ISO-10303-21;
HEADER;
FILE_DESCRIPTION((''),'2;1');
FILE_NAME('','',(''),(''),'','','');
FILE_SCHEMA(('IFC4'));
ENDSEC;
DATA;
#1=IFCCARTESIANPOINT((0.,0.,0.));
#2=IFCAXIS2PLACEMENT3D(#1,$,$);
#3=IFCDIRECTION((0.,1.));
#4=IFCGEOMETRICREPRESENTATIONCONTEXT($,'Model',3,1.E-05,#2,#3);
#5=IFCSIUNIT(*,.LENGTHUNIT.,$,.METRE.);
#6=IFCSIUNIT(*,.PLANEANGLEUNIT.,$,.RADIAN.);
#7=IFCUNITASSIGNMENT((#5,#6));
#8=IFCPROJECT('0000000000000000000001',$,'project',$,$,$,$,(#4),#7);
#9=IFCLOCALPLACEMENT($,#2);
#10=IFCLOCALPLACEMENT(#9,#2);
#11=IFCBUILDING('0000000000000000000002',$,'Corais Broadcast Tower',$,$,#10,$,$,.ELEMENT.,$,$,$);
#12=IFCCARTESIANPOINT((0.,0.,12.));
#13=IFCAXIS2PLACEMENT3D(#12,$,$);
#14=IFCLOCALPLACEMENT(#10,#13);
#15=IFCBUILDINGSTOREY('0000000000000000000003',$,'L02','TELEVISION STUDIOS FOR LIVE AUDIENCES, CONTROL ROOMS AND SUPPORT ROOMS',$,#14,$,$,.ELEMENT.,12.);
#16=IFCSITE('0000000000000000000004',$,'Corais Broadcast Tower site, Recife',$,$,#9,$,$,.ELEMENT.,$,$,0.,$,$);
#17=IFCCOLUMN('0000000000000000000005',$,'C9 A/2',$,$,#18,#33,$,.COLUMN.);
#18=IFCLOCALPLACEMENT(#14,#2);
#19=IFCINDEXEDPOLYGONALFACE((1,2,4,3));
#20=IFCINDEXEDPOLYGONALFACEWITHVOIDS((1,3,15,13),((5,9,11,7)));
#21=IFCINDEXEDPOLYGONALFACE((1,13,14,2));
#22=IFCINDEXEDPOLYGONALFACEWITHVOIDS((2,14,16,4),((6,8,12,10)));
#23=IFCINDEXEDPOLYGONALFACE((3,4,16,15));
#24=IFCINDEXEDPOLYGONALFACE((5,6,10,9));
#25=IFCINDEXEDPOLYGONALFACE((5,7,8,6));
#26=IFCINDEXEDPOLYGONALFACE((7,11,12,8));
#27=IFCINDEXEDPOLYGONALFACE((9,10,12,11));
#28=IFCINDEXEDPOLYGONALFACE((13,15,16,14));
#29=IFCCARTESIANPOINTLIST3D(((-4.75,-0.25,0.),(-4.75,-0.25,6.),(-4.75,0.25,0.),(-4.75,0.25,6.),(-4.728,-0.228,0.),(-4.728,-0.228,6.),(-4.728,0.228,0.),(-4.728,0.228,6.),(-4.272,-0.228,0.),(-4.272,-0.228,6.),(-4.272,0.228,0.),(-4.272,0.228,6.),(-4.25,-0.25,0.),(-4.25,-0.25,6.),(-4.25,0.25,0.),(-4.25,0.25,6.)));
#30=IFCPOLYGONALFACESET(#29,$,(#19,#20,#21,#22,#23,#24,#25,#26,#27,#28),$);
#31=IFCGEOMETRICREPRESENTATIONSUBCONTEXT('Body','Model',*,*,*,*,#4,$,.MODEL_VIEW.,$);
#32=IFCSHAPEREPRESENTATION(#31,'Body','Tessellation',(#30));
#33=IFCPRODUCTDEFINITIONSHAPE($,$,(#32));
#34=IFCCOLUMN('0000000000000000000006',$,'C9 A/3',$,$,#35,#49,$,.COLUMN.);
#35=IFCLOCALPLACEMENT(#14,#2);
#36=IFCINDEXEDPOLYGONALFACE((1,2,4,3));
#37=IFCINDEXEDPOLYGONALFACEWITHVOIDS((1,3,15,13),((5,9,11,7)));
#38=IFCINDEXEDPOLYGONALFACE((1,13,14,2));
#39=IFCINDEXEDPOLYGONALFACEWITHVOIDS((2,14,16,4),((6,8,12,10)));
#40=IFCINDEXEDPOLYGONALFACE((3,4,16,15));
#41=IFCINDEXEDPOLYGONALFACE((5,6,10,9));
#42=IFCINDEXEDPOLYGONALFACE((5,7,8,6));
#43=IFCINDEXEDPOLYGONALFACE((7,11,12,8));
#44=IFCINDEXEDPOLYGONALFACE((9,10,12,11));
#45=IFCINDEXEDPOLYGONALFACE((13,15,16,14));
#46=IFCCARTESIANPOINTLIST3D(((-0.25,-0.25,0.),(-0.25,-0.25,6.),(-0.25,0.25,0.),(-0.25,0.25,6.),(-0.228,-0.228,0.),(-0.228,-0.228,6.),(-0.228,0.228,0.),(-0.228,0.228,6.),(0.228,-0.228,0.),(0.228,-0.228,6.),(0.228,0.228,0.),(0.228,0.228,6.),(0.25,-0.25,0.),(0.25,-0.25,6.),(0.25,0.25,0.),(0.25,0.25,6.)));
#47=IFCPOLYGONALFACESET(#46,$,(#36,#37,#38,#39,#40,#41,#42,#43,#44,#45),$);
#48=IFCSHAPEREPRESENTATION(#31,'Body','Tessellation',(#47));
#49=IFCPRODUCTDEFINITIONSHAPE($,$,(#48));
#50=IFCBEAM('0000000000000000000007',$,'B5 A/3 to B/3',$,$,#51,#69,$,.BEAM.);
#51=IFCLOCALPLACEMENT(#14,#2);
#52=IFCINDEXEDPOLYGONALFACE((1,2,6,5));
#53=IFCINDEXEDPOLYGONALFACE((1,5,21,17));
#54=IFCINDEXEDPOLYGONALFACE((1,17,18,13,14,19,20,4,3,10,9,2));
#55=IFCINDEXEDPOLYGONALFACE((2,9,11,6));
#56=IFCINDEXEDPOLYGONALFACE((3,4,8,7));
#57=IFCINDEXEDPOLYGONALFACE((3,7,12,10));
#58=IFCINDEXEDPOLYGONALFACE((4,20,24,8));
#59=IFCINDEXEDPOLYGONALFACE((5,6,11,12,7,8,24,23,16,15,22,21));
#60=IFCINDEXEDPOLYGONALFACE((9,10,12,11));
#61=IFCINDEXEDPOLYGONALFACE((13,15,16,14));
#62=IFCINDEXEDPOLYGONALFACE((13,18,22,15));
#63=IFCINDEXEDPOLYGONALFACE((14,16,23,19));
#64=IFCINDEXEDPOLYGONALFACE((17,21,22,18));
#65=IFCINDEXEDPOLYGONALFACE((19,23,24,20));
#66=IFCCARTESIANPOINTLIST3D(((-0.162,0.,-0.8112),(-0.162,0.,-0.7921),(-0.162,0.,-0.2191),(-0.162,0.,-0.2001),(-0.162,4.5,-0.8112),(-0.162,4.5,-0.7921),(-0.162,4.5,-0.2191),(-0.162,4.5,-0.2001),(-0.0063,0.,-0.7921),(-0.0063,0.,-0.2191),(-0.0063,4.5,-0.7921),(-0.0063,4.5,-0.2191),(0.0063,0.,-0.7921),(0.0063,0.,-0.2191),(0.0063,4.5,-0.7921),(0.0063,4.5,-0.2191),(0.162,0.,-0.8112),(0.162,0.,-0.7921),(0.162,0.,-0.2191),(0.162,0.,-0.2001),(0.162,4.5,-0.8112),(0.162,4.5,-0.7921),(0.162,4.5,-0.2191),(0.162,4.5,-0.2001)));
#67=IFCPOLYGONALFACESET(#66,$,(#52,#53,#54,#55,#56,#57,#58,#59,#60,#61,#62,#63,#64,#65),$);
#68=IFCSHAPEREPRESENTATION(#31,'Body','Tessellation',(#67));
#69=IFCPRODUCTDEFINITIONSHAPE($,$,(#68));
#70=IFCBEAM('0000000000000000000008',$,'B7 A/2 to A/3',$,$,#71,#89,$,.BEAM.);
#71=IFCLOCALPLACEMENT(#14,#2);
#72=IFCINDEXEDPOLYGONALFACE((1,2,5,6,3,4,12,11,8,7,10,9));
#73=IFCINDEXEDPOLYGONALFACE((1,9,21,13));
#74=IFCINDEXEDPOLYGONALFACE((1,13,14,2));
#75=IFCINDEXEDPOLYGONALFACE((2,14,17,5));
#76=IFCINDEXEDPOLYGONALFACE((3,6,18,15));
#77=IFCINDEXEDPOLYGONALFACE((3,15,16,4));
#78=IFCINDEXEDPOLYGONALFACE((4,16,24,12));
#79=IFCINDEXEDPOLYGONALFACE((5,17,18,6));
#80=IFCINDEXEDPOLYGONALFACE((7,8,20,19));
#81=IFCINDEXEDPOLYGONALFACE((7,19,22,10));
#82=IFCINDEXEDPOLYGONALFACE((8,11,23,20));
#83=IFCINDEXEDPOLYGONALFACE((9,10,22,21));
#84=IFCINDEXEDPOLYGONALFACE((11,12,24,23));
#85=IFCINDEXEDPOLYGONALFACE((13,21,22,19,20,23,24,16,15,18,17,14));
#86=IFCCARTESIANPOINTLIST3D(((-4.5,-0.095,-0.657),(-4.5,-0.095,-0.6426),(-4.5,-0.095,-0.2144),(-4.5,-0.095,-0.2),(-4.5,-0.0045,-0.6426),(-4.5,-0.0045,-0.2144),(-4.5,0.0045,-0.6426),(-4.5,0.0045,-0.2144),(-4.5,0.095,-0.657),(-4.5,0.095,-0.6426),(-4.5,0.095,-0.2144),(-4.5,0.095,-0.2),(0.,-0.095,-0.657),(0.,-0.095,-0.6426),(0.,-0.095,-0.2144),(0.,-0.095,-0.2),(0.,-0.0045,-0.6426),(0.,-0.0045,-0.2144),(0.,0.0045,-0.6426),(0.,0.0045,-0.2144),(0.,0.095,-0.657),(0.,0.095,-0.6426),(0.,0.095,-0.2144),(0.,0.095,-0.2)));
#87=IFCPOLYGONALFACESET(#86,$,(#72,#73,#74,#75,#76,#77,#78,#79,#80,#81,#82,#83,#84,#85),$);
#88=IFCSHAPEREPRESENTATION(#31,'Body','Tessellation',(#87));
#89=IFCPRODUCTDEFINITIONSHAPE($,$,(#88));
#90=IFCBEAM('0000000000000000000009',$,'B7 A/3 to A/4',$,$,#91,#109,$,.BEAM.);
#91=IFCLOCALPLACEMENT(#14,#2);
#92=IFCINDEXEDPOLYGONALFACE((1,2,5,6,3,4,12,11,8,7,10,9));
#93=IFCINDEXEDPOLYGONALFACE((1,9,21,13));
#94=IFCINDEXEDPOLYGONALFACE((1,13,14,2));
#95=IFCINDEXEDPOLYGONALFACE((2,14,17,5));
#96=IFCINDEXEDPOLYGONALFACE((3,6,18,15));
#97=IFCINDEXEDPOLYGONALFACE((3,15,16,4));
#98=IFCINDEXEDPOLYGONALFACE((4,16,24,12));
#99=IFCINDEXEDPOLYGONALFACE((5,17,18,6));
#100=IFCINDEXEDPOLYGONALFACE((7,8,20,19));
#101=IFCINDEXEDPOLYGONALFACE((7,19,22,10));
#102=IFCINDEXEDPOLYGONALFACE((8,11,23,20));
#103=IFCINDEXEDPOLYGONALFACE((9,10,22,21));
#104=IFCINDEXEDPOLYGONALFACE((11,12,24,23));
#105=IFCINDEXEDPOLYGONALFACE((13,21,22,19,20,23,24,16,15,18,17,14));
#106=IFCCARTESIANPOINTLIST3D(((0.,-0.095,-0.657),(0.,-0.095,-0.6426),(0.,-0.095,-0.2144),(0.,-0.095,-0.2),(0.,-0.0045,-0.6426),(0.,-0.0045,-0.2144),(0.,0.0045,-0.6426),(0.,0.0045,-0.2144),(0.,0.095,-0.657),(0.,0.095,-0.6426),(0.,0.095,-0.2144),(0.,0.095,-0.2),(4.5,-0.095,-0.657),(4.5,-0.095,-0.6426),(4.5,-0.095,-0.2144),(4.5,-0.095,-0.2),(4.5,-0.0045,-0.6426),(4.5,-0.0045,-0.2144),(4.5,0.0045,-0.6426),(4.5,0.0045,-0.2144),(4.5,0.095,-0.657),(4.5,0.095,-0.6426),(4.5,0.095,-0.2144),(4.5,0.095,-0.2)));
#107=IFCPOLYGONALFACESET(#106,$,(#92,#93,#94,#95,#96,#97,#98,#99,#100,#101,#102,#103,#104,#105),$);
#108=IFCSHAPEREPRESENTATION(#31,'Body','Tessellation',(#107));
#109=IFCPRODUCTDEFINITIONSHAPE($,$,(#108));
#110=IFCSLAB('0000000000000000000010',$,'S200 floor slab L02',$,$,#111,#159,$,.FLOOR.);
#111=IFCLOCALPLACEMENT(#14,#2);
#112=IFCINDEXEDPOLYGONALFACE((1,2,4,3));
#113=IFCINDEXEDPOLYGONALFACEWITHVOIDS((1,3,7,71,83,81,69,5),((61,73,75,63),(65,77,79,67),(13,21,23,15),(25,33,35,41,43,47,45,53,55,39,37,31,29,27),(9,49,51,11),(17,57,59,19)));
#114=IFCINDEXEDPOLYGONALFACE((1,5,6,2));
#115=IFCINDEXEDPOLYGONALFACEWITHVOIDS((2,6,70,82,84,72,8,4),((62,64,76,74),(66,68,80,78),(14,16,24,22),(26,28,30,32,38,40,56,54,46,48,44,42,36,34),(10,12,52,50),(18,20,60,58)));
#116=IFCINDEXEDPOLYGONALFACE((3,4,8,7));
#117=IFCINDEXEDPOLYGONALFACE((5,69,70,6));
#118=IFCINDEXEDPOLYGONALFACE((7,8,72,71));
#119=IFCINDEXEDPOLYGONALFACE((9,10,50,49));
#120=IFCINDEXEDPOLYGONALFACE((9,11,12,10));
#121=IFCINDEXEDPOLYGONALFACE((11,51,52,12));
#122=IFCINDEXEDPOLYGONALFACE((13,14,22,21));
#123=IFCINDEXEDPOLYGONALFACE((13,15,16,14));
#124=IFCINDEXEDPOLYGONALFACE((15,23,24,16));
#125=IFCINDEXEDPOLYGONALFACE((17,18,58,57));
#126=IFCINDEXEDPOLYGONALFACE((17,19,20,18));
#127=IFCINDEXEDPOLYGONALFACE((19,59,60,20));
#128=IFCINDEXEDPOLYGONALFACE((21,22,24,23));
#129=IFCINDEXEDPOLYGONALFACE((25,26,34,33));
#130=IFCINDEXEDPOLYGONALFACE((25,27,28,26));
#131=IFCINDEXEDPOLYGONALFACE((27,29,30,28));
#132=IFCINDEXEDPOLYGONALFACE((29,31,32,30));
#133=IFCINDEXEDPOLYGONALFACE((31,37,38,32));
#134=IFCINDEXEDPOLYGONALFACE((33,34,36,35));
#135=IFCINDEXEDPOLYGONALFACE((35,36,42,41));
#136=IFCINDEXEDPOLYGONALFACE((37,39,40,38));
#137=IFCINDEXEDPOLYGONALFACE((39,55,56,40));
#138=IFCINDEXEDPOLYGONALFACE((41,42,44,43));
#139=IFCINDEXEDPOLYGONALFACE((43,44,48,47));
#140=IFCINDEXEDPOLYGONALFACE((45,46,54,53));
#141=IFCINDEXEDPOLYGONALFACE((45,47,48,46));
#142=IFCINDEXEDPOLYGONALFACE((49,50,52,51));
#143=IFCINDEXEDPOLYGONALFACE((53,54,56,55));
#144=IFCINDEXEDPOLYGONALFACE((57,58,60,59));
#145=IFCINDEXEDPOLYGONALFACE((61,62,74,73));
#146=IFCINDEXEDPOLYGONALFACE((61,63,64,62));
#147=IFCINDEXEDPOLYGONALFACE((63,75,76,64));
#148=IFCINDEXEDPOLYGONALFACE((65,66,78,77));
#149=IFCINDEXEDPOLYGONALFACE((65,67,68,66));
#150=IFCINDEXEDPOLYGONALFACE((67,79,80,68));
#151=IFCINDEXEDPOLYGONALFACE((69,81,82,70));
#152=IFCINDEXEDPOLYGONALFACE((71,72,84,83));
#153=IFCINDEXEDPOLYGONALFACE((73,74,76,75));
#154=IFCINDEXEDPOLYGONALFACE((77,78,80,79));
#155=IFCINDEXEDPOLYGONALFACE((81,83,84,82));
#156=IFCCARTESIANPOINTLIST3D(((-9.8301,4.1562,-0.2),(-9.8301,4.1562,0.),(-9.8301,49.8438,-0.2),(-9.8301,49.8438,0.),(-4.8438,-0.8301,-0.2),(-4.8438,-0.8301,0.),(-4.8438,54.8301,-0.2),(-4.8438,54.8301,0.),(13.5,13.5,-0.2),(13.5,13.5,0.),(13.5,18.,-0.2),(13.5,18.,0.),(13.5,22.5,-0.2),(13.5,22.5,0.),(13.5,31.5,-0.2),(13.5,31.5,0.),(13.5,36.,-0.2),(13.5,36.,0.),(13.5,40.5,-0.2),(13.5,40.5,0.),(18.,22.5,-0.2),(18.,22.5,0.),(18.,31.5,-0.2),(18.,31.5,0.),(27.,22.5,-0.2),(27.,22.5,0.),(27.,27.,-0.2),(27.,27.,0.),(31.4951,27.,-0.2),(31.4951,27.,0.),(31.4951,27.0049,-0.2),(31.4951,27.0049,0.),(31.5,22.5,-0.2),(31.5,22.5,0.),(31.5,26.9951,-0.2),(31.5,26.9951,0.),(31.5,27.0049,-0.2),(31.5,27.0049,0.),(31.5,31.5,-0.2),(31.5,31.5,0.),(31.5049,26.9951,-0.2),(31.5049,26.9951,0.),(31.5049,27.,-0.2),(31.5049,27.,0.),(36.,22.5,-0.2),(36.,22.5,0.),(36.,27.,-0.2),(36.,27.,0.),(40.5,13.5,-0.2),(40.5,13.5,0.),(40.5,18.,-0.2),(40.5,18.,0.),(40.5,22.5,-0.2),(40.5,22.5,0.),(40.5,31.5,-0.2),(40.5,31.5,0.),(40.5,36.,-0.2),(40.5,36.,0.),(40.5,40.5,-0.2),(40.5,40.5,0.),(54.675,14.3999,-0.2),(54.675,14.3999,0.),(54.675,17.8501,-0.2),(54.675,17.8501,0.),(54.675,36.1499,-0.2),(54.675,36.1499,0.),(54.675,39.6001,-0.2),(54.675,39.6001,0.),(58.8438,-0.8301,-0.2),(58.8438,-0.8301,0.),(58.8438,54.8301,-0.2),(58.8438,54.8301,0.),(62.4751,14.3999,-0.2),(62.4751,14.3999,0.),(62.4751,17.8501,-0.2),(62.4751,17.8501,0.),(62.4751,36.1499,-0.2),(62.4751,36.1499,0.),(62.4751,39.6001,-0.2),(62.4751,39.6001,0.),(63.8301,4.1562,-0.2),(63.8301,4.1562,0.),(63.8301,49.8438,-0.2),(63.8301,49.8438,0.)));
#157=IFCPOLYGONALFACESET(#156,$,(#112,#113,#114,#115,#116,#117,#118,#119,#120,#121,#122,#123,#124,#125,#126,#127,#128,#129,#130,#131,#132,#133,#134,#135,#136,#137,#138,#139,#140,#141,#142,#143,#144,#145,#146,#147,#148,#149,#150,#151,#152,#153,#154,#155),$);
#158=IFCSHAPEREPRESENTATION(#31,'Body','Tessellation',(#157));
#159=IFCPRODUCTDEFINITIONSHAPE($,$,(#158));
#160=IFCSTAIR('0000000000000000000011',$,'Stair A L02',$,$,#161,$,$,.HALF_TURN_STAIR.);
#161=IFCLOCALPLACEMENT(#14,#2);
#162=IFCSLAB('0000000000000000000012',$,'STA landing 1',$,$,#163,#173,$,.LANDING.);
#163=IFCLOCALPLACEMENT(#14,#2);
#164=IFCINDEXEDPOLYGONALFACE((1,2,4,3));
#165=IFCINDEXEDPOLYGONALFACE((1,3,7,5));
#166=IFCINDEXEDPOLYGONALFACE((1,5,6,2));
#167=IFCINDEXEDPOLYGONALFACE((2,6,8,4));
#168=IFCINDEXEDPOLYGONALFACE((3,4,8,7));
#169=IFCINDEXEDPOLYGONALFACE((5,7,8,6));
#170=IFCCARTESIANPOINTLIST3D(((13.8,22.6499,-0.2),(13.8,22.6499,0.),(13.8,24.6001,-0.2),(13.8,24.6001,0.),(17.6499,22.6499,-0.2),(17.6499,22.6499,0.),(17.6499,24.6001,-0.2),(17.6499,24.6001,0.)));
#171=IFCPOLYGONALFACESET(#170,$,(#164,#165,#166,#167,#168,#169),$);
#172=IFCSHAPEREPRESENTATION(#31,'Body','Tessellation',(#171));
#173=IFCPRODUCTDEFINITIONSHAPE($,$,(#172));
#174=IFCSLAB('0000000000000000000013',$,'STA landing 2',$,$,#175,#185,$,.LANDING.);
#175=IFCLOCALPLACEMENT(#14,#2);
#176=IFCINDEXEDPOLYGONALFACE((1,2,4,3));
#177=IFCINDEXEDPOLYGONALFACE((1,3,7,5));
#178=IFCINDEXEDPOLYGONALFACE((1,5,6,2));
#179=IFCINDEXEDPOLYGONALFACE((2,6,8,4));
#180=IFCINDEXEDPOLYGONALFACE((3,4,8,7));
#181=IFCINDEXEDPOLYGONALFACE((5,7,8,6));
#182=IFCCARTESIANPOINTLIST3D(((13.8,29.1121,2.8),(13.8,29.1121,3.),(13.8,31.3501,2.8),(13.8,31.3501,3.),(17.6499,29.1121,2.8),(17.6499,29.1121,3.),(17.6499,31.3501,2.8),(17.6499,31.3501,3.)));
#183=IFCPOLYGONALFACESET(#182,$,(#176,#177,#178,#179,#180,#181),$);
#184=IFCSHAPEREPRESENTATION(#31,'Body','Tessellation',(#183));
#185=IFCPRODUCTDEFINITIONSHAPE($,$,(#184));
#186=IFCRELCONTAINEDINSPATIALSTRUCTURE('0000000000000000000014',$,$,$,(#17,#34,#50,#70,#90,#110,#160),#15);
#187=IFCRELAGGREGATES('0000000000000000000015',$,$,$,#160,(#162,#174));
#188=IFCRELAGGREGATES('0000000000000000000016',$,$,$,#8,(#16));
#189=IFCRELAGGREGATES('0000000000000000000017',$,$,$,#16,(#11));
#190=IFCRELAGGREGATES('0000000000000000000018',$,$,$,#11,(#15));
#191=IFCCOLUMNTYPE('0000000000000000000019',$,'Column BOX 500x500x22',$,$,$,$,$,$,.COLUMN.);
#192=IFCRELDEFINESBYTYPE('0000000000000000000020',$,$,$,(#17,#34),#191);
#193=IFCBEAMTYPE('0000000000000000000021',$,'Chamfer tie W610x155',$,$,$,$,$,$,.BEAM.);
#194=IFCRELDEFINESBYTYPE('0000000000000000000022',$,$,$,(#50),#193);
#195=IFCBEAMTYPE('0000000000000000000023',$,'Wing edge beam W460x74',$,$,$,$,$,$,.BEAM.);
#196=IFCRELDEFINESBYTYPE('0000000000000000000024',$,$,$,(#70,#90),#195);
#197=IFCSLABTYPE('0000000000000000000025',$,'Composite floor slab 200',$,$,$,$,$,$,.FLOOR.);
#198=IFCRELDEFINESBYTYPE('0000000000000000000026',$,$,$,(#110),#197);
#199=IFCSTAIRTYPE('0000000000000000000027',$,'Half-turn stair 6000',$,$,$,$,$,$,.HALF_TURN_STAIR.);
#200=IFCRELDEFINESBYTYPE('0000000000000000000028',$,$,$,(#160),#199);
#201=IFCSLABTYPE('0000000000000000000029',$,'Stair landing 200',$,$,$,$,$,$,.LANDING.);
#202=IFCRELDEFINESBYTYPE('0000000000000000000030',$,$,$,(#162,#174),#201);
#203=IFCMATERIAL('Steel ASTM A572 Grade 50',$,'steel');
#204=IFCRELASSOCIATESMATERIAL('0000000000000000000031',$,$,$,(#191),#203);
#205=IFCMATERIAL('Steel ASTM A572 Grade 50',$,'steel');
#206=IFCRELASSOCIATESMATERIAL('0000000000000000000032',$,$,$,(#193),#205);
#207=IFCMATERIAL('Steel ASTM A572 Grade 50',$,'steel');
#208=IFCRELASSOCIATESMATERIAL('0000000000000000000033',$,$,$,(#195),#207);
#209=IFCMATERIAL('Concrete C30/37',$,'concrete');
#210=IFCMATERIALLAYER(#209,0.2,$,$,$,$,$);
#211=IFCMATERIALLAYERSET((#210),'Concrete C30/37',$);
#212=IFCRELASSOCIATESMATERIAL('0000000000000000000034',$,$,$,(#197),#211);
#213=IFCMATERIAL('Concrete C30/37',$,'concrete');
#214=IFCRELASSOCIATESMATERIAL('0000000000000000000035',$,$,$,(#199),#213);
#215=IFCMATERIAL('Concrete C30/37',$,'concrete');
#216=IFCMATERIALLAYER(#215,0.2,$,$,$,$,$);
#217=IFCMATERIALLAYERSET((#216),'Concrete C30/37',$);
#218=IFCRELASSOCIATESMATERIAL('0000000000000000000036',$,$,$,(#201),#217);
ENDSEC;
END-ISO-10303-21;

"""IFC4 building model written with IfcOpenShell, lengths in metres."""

from ifc_helpers import new_model, si_unit, direction, frame, origin, origin_2d, place, context, subcontext, project, spatial, polyline, hollow_rectangle, i_section, outline, extrude, material, layer, layer_set, material_profile, profile_set, type_object, element, aggregate, save


model = new_model("IFC4")

# Units and contexts
model_context = context("Model", 3, precision=1e-05, world=origin(), true_north=direction((0.0, 1.0)))
body_context = subcontext(model_context, "Body", "Model", "MODEL_VIEW")
ifc_project = project(units=[si_unit("LENGTHUNIT", "METRE"), si_unit("PLANEANGLEUNIT", "RADIAN")], contexts=[model_context])

# Site, building, storey
site_placement = place(None, origin())
site = spatial("IfcSite", under=ifc_project, at=site_placement, Name="Corais Broadcast Tower site, Recife", CompositionType="ELEMENT", RefElevation=0.0)
building_placement = place(site_placement, origin())
building = spatial("IfcBuilding", under=site, at=building_placement, Name="Corais Broadcast Tower", CompositionType="ELEMENT")
storey_placement = place(building_placement, frame((0.0, 0.0, 12.0)))
storey = spatial("IfcBuildingStorey", under=building, at=storey_placement, Name="L02", Description="TELEVISION STUDIOS FOR LIVE AUDIENCES, CONTROL ROOMS AND SUPPORT ROOMS", CompositionType="ELEMENT", Elevation=12.0)

# Columns
ifc_material_1 = material(Name="Steel ASTM A572 Grade 50", Category="steel")
ifc_material_profile_1 = material_profile(ifc_material_1, hollow_rectangle(XDim=0.5, YDim=0.5, WallThickness=0.022, at=origin_2d()), Name="BOX 500x500x22")
ifc_profile_set_1 = profile_set([ifc_material_profile_1], Name="Steel ASTM A572 Grade 50")
column_type = type_object("IfcColumnType", Name="Column BOX 500x500x22", PredefinedType="COLUMN", material=ifc_profile_set_1)
for number, where, z_axis, x_axis, name in (
    (1, (-4.5, 0.0, 0.0), (0.0, 0.0, 1.0), (1.0, 0.0, 0.0), "C9 A/2"),
    (2, (0.0, 0.0, 0.0), (0.0, 0.0, 1.0), (1.0, 0.0, 0.0), "C9 A/3"),
):
    element("IfcColumn", number, at=place(storey_placement, frame(where, z_axis=z_axis, x_axis=x_axis)), inside=storey, type_object=column_type, Name=name, PredefinedType="COLUMN", context=body_context, shape_type="SweptSolid", body=[
        extrude(hollow_rectangle(XDim=0.5, YDim=0.5, WallThickness=0.022, at=origin_2d()), origin(), (0.0, 0.0, 1.0), 6.0),
    ])

# Beams
ifc_material_2 = material(Name="Steel ASTM A572 Grade 50", Category="steel")
ifc_material_profile_2 = material_profile(ifc_material_2, i_section(OverallWidth=0.324, OverallDepth=0.6111, WebThickness=0.0127, FlangeThickness=0.019, at=origin_2d()), Name="W610x155")
ifc_profile_set_2 = profile_set([ifc_material_profile_2], Name="Steel ASTM A572 Grade 50")
beam_type_1 = type_object("IfcBeamType", Name="Chamfer tie W610x155", PredefinedType="BEAM", material=ifc_profile_set_2)
beam_placement = place(storey_placement, frame((0.0, 0.0, -0.5056), z_axis=(0.0, 1.0, 0.0), x_axis=(-1.0, 0.0, 0.0)))
element("IfcBeam", 3, at=beam_placement, inside=storey, type_object=beam_type_1, Name="B5 A/3 to B/3", PredefinedType="BEAM", context=body_context, shape_type="SweptSolid", body=[
    extrude(i_section(OverallWidth=0.324, OverallDepth=0.6111, WebThickness=0.0127, FlangeThickness=0.019, at=origin_2d()), origin(), (0.0, 0.0, 1.0), 4.5),
])
ifc_material_3 = material(Name="Steel ASTM A572 Grade 50", Category="steel")
ifc_material_profile_3 = material_profile(ifc_material_3, i_section(OverallWidth=0.1899, OverallDepth=0.457, WebThickness=0.009, FlangeThickness=0.0144, at=origin_2d()), Name="W460x74")
ifc_profile_set_3 = profile_set([ifc_material_profile_3], Name="Steel ASTM A572 Grade 50")
beam_type_2 = type_object("IfcBeamType", Name="Wing edge beam W460x74", PredefinedType="BEAM", material=ifc_profile_set_3)
for number, where, z_axis, x_axis, name in (
    (4, (-4.5, 0.0, -0.4285), (1.0, 0.0, 0.0), (0.0, 1.0, 0.0), "B7 A/2 to A/3"),
    (5, (0.0, 0.0, -0.4285), (1.0, 0.0, 0.0), (0.0, 1.0, 0.0), "B7 A/3 to A/4"),
):
    element("IfcBeam", number, at=place(storey_placement, frame(where, z_axis=z_axis, x_axis=x_axis)), inside=storey, type_object=beam_type_2, Name=name, PredefinedType="BEAM", context=body_context, shape_type="SweptSolid", body=[
        extrude(i_section(OverallWidth=0.1899, OverallDepth=0.457, WebThickness=0.009, FlangeThickness=0.0144, at=origin_2d()), origin(), (0.0, 0.0, 1.0), 4.5),
    ])

# Slab
ifc_material_4 = material(Name="Concrete C30/37", Category="concrete")
ifc_layer_1 = layer(ifc_material_4, 0.2)
ifc_layer_set_1 = layer_set([ifc_layer_1], Name="Concrete C30/37")
slab_type_1 = type_object("IfcSlabType", Name="Composite floor slab 200", PredefinedType="FLOOR", material=ifc_layer_set_1)
slab_1_placement = place(storey_placement, frame((0.0, 0.0, -0.2)))
element("IfcSlab", 6, at=slab_1_placement, inside=storey, type_object=slab_type_1, Name="S200 floor slab L02", PredefinedType="FLOOR", context=body_context, shape_type="SweptSolid", body=[
    extrude(outline(polyline([(-4.8438, -0.8301), (-9.8301, 4.1562), (-9.8301, 49.8438), (-4.8438, 54.8301), (58.8438, 54.8301), (63.8301, 49.8438), (63.8301, 4.1562), (58.8438, -0.8301), (-4.8438, -0.8301)]), holes=[polyline([(13.5, 18.0), (40.5, 18.0), (40.5, 13.5), (13.5, 13.5), (13.5, 18.0)]), polyline([(18.0, 22.5), (13.5, 22.5), (13.5, 31.5), (18.0, 31.5), (18.0, 22.5)]), polyline([(13.5, 40.5), (40.5, 40.5), (40.5, 36.0), (13.5, 36.0), (13.5, 40.5)]), polyline([(27.0, 22.5), (27.0, 27.0), (31.4951, 27.0), (31.4951, 27.0049), (31.5, 27.0049), (31.5, 31.5), (40.5, 31.5), (40.5, 22.5), (36.0, 22.5), (36.0, 27.0), (31.5049, 27.0), (31.5049, 26.9951), (31.5, 26.9951), (31.5, 22.5), (27.0, 22.5)]), polyline([(54.675, 14.3999), (54.675, 17.8501), (62.4751, 17.8501), (62.4751, 14.3999), (54.675, 14.3999)]), polyline([(54.675, 36.1499), (54.675, 39.6001), (62.4751, 39.6001), (62.4751, 36.1499), (54.675, 36.1499)])]), origin(), (0.0, 0.0, 1.0), 0.2),
])

# Stair, slabs
ifc_material_5 = material(Name="Concrete C30/37", Category="concrete")
stair_type_1 = type_object("IfcStairType", Name="Half-turn stair 6000", PredefinedType="HALF_TURN_STAIR", material=ifc_material_5)
stair_1_placement = place(storey_placement, origin())
stair_1 = element("IfcStair", 7, at=stair_1_placement, inside=storey, type_object=stair_type_1, Name="Stair A L02", PredefinedType="HALF_TURN_STAIR")
ifc_material_6 = material(Name="Concrete C30/37", Category="concrete")
ifc_layer_2 = layer(ifc_material_6, 0.2)
ifc_layer_set_2 = layer_set([ifc_layer_2], Name="Concrete C30/37")
slab_type_2 = type_object("IfcSlabType", Name="Stair landing 200", PredefinedType="LANDING", material=ifc_layer_set_2)
slab_2_placement = place(storey_placement, frame((0.0, 0.0, -0.2)))
slab_2 = element("IfcSlab", 8, at=slab_2_placement, type_object=slab_type_2, Name="STA landing 1", PredefinedType="LANDING", context=body_context, shape_type="SweptSolid", body=[
    extrude(outline(polyline([(13.8, 22.6499), (17.6499, 22.6499), (17.6499, 24.6001), (13.8, 24.6001), (13.8, 22.6499)])), origin(), (0.0, 0.0, 1.0), 0.2),
])
slab_3_placement = place(storey_placement, frame((0.0, 0.0, 2.8)))
slab_3 = element("IfcSlab", 9, at=slab_3_placement, type_object=slab_type_2, Name="STA landing 2", PredefinedType="LANDING", context=body_context, shape_type="SweptSolid", body=[
    extrude(outline(polyline([(13.8, 29.1121), (17.6499, 29.1121), (17.6499, 31.3501), (13.8, 31.3501), (13.8, 29.1121)])), origin(), (0.0, 0.0, 1.0), 0.2),
])
aggregate(stair_1, [slab_2, slab_3])

save(model, "model.ifc")
